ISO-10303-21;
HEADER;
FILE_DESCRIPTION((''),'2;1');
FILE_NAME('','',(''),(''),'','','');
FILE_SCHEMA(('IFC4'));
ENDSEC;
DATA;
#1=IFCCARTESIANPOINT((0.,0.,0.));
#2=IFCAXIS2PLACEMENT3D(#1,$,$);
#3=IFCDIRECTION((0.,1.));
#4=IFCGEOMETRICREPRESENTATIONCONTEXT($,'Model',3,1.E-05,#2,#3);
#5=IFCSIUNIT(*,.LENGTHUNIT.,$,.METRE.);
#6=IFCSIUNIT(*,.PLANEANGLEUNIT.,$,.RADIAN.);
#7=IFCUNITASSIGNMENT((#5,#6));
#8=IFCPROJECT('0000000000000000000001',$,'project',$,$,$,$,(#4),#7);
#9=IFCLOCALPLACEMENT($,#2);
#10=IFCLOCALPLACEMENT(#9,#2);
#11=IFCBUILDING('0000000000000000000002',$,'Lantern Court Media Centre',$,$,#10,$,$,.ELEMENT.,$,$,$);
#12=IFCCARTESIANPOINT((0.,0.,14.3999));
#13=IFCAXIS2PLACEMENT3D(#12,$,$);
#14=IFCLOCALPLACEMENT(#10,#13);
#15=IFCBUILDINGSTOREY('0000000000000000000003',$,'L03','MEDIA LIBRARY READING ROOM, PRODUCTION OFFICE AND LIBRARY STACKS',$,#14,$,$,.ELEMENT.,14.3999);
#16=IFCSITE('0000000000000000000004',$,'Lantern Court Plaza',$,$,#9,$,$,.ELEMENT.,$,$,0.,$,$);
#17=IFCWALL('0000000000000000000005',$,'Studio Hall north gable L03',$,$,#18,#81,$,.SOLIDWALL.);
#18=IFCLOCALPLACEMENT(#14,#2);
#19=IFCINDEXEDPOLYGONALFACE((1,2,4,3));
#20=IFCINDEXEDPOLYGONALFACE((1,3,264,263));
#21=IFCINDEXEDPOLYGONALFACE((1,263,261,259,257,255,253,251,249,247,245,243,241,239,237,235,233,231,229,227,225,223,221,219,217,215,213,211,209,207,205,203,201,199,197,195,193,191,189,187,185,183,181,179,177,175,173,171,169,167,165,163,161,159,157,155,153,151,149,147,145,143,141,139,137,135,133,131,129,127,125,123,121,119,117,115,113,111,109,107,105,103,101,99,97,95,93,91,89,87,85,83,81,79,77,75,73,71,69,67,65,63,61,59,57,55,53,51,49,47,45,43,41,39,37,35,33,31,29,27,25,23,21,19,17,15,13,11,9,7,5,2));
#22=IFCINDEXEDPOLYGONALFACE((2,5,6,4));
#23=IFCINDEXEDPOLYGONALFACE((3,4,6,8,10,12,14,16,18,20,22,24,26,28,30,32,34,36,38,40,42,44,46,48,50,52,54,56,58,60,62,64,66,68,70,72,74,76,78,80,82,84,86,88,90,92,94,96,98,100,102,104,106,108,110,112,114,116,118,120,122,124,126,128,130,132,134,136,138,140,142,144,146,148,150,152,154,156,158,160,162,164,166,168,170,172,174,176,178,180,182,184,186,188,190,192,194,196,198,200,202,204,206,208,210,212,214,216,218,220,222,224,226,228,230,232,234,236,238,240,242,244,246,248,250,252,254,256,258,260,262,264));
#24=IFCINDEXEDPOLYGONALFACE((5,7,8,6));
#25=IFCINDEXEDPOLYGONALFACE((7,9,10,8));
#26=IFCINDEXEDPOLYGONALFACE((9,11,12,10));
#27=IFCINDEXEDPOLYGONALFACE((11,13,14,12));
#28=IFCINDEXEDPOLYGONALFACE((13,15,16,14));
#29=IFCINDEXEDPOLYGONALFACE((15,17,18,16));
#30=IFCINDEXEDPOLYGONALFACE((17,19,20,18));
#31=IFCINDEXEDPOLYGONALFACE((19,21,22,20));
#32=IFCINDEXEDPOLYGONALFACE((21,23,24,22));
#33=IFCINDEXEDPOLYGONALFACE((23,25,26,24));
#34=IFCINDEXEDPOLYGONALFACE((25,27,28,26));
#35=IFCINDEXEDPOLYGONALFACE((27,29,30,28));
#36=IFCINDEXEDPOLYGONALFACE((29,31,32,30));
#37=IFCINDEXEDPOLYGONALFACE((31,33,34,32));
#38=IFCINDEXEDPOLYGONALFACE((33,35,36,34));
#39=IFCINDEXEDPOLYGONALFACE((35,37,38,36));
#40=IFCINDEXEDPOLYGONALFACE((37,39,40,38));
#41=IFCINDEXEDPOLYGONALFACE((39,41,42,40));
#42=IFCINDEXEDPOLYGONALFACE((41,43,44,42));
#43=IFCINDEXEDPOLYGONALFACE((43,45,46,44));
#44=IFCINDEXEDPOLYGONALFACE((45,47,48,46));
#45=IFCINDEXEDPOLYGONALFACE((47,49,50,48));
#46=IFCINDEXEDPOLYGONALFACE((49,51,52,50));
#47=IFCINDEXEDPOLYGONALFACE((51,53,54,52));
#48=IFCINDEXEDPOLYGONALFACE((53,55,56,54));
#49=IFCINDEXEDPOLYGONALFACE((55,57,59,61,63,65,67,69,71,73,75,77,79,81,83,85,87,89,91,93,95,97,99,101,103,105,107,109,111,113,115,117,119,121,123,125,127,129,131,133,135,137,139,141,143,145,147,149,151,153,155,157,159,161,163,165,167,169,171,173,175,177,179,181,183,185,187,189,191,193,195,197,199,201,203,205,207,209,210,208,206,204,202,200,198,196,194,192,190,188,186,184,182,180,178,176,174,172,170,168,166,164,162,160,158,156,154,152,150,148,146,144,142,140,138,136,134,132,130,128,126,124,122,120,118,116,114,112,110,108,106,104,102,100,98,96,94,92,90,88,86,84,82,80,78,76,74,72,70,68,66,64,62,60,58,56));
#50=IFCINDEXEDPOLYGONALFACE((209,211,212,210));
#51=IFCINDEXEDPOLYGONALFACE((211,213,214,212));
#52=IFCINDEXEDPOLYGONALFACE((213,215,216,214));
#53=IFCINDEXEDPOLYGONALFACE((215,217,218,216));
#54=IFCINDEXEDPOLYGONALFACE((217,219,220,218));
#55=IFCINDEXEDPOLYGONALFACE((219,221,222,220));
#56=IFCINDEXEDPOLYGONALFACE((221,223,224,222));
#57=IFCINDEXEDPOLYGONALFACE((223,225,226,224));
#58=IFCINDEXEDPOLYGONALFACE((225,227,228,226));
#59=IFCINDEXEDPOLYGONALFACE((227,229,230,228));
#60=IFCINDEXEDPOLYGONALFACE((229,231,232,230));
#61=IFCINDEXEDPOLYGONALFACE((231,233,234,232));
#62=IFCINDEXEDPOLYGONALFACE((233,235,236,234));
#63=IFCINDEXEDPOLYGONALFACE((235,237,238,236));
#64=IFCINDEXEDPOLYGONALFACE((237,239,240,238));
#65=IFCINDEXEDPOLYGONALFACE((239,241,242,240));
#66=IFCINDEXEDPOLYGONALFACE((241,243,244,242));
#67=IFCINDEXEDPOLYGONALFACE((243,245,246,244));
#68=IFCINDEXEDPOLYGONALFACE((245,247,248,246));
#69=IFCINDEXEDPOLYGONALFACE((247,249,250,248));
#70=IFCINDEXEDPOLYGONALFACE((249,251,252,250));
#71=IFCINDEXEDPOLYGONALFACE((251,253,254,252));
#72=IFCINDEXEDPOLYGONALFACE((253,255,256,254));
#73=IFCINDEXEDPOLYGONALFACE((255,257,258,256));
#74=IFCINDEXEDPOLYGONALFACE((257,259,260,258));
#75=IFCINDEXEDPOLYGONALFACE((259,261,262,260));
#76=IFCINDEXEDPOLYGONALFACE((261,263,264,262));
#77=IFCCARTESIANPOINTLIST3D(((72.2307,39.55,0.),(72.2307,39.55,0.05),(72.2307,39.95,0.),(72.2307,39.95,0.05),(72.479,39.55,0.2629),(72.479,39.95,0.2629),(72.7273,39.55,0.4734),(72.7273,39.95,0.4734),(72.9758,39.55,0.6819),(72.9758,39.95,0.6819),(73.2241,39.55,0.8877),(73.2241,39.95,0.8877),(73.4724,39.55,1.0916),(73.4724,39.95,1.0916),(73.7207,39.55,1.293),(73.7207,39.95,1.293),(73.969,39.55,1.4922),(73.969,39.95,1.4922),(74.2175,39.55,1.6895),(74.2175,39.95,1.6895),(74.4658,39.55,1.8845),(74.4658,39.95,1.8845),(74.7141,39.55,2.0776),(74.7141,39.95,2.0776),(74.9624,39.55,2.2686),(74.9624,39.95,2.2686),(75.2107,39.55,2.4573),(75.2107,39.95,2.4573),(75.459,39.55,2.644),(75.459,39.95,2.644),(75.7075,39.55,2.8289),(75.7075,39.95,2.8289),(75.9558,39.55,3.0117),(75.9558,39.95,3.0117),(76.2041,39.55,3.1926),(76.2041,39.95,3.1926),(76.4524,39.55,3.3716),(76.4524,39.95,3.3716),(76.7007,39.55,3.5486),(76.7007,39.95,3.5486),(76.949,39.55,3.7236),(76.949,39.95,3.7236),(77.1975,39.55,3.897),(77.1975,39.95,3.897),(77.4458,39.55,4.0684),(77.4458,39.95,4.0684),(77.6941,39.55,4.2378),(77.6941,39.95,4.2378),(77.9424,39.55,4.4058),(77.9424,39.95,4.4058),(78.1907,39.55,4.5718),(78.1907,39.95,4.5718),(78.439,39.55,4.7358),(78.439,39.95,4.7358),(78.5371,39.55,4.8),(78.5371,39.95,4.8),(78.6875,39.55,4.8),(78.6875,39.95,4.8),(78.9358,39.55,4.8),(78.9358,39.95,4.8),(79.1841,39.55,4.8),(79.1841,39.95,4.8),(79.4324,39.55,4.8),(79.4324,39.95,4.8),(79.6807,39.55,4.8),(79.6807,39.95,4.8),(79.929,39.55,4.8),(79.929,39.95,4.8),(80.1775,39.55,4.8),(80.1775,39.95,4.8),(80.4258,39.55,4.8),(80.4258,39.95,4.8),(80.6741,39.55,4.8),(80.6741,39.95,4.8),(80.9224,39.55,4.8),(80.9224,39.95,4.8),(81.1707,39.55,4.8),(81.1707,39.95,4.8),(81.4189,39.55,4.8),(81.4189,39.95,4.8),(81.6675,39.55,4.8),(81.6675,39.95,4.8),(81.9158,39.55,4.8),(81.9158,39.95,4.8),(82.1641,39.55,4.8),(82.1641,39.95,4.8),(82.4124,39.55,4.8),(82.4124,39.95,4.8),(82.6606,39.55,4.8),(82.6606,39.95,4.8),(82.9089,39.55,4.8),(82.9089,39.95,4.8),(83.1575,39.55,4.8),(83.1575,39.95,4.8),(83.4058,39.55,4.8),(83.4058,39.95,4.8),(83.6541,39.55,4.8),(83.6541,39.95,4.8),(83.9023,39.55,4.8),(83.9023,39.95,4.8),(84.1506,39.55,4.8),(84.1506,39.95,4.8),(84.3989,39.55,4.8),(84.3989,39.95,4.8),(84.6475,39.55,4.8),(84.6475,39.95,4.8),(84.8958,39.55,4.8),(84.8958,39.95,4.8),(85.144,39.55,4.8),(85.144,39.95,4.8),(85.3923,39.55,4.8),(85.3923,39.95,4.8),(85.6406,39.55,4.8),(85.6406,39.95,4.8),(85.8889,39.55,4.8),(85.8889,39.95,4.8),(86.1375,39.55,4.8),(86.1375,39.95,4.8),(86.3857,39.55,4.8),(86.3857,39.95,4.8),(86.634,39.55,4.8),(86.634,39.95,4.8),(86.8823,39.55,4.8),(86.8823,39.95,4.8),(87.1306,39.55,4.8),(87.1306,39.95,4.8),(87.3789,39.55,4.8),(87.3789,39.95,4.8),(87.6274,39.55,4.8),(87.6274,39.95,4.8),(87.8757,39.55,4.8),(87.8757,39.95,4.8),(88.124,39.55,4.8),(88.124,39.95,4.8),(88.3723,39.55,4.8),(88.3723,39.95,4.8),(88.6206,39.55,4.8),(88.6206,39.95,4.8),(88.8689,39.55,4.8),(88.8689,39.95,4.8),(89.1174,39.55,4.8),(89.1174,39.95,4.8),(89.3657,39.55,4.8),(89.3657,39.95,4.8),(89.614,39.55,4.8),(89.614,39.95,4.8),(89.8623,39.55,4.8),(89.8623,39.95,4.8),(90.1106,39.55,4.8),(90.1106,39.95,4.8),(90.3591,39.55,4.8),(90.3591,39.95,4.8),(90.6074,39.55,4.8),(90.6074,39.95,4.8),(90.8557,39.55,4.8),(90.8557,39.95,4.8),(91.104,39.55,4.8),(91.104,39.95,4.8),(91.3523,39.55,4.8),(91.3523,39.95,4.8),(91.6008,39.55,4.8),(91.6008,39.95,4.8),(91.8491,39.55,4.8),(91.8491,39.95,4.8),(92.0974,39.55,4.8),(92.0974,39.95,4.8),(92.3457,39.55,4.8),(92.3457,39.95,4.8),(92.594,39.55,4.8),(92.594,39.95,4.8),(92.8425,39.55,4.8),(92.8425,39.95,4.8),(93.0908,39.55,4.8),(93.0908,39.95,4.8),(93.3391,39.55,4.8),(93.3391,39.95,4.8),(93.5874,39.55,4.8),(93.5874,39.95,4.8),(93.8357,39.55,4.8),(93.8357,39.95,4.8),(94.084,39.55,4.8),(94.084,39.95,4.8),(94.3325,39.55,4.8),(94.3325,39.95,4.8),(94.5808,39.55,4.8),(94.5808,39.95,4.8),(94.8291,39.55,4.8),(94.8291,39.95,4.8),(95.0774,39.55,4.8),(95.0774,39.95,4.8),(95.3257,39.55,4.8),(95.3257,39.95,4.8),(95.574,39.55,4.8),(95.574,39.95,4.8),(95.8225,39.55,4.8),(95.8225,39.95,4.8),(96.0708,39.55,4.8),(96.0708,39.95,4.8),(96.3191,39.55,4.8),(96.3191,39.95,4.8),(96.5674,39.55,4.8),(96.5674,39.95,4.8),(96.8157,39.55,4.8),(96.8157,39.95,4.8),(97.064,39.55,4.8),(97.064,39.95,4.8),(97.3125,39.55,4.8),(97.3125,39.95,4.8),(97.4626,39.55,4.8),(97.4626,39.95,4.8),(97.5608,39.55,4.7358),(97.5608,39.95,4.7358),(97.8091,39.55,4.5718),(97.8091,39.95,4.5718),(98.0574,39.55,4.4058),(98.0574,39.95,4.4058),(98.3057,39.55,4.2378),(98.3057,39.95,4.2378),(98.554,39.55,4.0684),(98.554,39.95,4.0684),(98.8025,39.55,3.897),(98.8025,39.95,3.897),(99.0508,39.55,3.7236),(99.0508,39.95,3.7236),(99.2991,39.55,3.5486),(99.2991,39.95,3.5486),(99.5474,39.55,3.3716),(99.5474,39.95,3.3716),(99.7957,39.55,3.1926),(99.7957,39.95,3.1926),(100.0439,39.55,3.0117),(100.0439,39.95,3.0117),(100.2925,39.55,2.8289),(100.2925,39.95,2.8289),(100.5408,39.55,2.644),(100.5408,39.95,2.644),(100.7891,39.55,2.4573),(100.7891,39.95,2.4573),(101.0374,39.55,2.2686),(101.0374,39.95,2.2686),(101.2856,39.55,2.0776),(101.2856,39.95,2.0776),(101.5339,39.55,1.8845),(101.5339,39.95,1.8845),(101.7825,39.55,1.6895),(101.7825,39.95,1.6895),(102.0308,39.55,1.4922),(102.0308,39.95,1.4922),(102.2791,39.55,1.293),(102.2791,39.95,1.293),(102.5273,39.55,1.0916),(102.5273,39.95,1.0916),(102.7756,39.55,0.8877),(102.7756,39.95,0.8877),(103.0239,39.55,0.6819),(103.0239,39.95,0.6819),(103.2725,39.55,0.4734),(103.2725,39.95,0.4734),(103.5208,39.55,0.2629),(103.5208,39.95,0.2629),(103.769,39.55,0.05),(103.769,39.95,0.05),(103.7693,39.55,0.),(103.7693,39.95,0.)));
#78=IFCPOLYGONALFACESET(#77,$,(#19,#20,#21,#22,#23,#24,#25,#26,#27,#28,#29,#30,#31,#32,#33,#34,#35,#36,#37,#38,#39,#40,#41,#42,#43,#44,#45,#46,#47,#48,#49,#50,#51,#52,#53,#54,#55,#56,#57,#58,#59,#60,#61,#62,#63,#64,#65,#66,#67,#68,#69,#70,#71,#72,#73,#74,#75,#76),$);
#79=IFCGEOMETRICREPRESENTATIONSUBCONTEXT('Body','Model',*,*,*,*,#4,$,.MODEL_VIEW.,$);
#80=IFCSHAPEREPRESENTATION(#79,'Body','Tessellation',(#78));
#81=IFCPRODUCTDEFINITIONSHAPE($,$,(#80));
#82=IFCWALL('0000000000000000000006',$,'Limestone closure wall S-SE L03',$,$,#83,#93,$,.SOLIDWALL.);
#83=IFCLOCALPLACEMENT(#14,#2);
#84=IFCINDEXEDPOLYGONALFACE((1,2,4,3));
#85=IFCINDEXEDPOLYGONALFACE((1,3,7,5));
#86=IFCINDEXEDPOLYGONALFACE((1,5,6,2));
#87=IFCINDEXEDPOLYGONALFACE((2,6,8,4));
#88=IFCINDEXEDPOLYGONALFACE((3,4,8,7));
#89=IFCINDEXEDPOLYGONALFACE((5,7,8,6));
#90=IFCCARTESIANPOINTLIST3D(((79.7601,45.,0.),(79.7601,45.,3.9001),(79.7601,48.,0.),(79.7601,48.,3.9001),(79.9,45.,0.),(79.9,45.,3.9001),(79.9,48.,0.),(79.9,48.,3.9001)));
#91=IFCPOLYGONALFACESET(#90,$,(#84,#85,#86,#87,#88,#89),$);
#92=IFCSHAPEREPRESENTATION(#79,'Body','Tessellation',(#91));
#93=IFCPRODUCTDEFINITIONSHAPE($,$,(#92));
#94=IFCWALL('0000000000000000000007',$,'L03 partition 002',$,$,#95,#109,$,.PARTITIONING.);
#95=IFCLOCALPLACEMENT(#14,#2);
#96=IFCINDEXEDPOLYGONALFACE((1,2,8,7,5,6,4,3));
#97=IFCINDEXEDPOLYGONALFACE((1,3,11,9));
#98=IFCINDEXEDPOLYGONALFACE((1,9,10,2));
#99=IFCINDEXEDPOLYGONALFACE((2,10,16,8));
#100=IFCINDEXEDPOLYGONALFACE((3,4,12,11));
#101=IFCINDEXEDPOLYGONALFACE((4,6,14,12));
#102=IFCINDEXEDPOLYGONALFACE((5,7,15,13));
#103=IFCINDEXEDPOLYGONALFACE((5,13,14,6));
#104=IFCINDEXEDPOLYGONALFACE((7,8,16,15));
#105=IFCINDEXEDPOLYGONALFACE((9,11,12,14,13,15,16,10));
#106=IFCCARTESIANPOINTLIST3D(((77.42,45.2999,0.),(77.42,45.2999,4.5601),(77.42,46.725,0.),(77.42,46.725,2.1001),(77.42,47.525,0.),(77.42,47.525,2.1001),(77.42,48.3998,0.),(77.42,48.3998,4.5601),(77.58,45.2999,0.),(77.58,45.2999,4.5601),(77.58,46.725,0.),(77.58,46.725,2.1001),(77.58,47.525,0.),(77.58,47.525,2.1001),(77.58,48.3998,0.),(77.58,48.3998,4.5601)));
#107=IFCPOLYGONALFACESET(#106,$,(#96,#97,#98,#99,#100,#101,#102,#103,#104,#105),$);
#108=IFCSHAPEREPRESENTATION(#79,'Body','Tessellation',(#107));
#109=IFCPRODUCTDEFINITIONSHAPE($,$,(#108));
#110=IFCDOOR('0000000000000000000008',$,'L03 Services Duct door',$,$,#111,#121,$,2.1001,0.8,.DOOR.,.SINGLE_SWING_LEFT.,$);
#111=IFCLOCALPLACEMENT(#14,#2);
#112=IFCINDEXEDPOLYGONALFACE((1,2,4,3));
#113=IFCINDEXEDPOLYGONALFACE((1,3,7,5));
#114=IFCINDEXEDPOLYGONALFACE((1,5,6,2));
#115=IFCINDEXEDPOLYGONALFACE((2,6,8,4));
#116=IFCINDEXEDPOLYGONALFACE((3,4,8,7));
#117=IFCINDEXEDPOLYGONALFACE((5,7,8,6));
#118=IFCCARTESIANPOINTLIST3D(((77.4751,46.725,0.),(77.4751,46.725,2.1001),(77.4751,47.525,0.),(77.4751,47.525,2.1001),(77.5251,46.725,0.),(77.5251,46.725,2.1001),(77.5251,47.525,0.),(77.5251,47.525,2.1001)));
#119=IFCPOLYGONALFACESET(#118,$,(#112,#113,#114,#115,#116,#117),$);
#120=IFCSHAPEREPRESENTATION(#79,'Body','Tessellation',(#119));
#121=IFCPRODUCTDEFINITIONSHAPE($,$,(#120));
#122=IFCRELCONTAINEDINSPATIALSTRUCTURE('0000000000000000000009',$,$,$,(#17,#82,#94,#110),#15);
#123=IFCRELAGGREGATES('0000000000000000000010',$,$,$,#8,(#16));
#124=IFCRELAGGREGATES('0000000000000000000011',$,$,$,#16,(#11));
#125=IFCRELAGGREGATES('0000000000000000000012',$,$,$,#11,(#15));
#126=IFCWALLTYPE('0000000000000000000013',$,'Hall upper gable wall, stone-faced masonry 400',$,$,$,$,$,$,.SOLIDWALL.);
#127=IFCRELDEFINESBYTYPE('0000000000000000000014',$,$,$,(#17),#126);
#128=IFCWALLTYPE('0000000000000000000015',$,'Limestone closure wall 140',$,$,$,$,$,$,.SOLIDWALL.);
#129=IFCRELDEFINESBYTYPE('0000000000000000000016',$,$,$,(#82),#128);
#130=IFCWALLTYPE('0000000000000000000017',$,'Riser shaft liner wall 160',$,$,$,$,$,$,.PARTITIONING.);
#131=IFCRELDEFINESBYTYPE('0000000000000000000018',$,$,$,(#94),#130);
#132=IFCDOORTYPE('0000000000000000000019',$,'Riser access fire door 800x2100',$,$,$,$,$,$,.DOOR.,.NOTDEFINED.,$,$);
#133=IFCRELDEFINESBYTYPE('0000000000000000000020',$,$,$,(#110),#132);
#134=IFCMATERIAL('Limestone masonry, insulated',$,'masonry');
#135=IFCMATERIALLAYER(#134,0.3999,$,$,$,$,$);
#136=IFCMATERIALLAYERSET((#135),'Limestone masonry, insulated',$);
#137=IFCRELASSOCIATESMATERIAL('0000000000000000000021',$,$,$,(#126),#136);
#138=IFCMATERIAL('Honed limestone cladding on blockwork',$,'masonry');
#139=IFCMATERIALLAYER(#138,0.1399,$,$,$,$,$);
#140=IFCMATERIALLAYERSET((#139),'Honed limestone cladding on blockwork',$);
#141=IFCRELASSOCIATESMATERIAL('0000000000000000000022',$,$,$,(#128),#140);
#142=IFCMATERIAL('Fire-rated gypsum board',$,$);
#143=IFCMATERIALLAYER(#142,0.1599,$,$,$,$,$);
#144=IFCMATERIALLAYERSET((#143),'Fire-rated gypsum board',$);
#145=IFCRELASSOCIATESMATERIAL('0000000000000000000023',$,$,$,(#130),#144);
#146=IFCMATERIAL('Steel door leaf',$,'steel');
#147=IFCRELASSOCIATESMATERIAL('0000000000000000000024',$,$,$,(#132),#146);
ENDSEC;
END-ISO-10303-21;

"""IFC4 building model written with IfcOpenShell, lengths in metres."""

from ifc_helpers import new_model, si_unit, direction, frame, frame_2d, origin, place, context, subcontext, project, spatial, polyline, rectangle, outline, extrude, material, layer, layer_set, type_object, element, fill, save


model = new_model("IFC4")

# Units and contexts
model_context = context("Model", 3, precision=1e-05, world=origin(), true_north=direction((0.0, 1.0)))
body_context = subcontext(model_context, "Body", "Model", "MODEL_VIEW")
ifc_project = project(units=[si_unit("LENGTHUNIT", "METRE"), si_unit("PLANEANGLEUNIT", "RADIAN")], contexts=[model_context])

# Site, building, storey
site_placement = place(None, origin())
site = spatial("IfcSite", under=ifc_project, at=site_placement, Name="Lantern Court Plaza", CompositionType="ELEMENT", RefElevation=0.0)
building_placement = place(site_placement, origin())
building = spatial("IfcBuilding", under=site, at=building_placement, Name="Lantern Court Media Centre", CompositionType="ELEMENT")
storey_placement = place(building_placement, frame((0.0, 0.0, 14.3999)))
storey = spatial("IfcBuildingStorey", under=building, at=storey_placement, Name="L03", Description="MEDIA LIBRARY READING ROOM, PRODUCTION OFFICE AND LIBRARY STACKS", CompositionType="ELEMENT", Elevation=14.3999)

# Walls
ifc_material_1 = material(Name="Limestone masonry, insulated", Category="masonry")
ifc_layer_1 = layer(ifc_material_1, 0.3999)
ifc_layer_set_1 = layer_set([ifc_layer_1], Name="Limestone masonry, insulated")
wall_type_1 = type_object("IfcWallType", Name="Hall upper gable wall, stone-faced masonry 400", PredefinedType="SOLIDWALL", material=ifc_layer_set_1)
wall_1_placement = place(storey_placement, frame((72.2307, 39.75, 0.0), z_axis=(0.0, 0.0, 1.0), x_axis=(1.0, 0.0, 0.0)))
element("IfcWall", 1, at=wall_1_placement, inside=storey, type_object=wall_type_1, Name="Studio Hall north gable L03", PredefinedType="SOLIDWALL", context=body_context, shape_type="SweptSolid", body=[
    extrude(outline(polyline([(0.0, 0.0), (31.5386, 0.0), (31.5383, 0.05), (31.29, 0.2629), (31.0417, 0.4734), (30.7932, 0.6819), (30.5449, 0.8877), (30.2966, 1.0916), (30.0483, 1.293), (29.8, 1.4922), (29.5518, 1.6895), (29.3032, 1.8845), (29.0549, 2.0776), (28.8066, 2.2686), (28.5583, 2.4573), (28.3101, 2.644), (28.0618, 2.8289), (27.8132, 3.0117), (27.5649, 3.1926), (27.3167, 3.3716), (27.0684, 3.5486), (26.8201, 3.7236), (26.5718, 3.897), (26.3232, 4.0684), (26.075, 4.2378), (25.8267, 4.4058), (25.5784, 4.5718), (25.3301, 4.7358), (25.2319, 4.8), (25.0818, 4.8), (24.8333, 4.8), (24.585, 4.8), (24.3367, 4.8), (24.0884, 4.8), (23.8401, 4.8), (23.5918, 4.8), (23.3433, 4.8), (23.095, 4.8), (22.8467, 4.8), (22.5984, 4.8), (22.3501, 4.8), (22.1018, 4.8), (21.8533, 4.8), (21.605, 4.8), (21.3567, 4.8), (21.1084, 4.8), (20.8601, 4.8), (20.6118, 4.8), (20.3633, 4.8), (20.115, 4.8), (19.8667, 4.8), (19.6184, 4.8), (19.3701, 4.8), (19.1216, 4.8), (18.8733, 4.8), (18.625, 4.8), (18.3767, 4.8), (18.1284, 4.8), (17.8799, 4.8), (17.6316, 4.8), (17.3833, 4.8), (17.135, 4.8), (16.8867, 4.8), (16.6382, 4.8), (16.3899, 4.8), (16.1416, 4.8), (15.8933, 4.8), (15.645, 4.8), (15.3967, 4.8), (15.1482, 4.8), (14.8999, 4.8), (14.6516, 4.8), (14.4033, 4.8), (14.155, 4.8), (13.9067, 4.8), (13.6582, 4.8), (13.4099, 4.8), (13.1616, 4.8), (12.9133, 4.8), (12.665, 4.8), (12.4167, 4.8), (12.1682, 4.8), (11.9199, 4.8), (11.6716, 4.8), (11.4233, 4.8), (11.175, 4.8), (10.9268, 4.8), (10.6782, 4.8), (10.4299, 4.8), (10.1816, 4.8), (9.9333, 4.8), (9.6851, 4.8), (9.4368, 4.8), (9.1882, 4.8), (8.9399, 4.8), (8.6917, 4.8), (8.4434, 4.8), (8.1951, 4.8), (7.9468, 4.8), (7.6982, 4.8), (7.45, 4.8), (7.2017, 4.8), (6.9534, 4.8), (6.7051, 4.8), (6.4568, 4.8), (6.3064, 4.8), (6.2083, 4.7358), (5.96, 4.5718), (5.7117, 4.4058), (5.4634, 4.2378), (5.2151, 4.0684), (4.9668, 3.897), (4.7183, 3.7236), (4.47, 3.5486), (4.2217, 3.3716), (3.9734, 3.1926), (3.7251, 3.0117), (3.4768, 2.8289), (3.2283, 2.644), (2.98, 2.4573), (2.7317, 2.2686), (2.4834, 2.0776), (2.2351, 1.8845), (1.9868, 1.6895), (1.7383, 1.4922), (1.49, 1.293), (1.2417, 1.0916), (0.9934, 0.8877), (0.7451, 0.6819), (0.4966, 0.4734), (0.2483, 0.2629), (0.0, 0.05), (0.0, 0.0)])), frame((0.0, 0.2, 0.0), z_axis=(0.0, -1.0, 0.0), x_axis=(1.0, 0.0, 0.0)), (0.0, 0.0, 1.0), 0.3999),
])
ifc_material_2 = material(Name="Honed limestone cladding on blockwork", Category="masonry")
ifc_layer_2 = layer(ifc_material_2, 0.1399)
ifc_layer_set_2 = layer_set([ifc_layer_2], Name="Honed limestone cladding on blockwork")
wall_type_2 = type_object("IfcWallType", Name="Limestone closure wall 140", PredefinedType="SOLIDWALL", material=ifc_layer_set_2)
wall_2_placement = place(storey_placement, frame((79.8301, 45.0, 0.0), z_axis=(0.0, 0.0, 1.0), x_axis=(0.0, 1.0, 0.0)))
element("IfcWall", 2, at=wall_2_placement, inside=storey, type_object=wall_type_2, Name="Limestone closure wall S-SE L03", PredefinedType="SOLIDWALL", context=body_context, shape_type="SweptSolid", body=[
    extrude(rectangle(XDim=3.0, YDim=0.1399, at=frame_2d((1.5, 0.0))), origin(), (0.0, 0.0, 1.0), 3.9001),
])

# Wall, opening, door
ifc_material_3 = material(Name="Fire-rated gypsum board")
ifc_layer_3 = layer(ifc_material_3, 0.1599)
ifc_layer_set_3 = layer_set([ifc_layer_3], Name="Fire-rated gypsum board")
wall_type_3 = type_object("IfcWallType", Name="Riser shaft liner wall 160", PredefinedType="PARTITIONING", material=ifc_layer_set_3)
wall_3_placement = place(storey_placement, frame((77.5, 45.3, 0.0), z_axis=(0.0, 0.0, 1.0), x_axis=(0.0, 1.0, 0.0)))
wall_3 = element("IfcWall", 3, at=wall_3_placement, inside=storey, type_object=wall_type_3, Name="L03 partition 002", PredefinedType="PARTITIONING", context=body_context, shape_type="SweptSolid", body=[
    extrude(rectangle(XDim=3.0999, YDim=0.1599, at=frame_2d((1.5498, 0.0))), origin(), (0.0, 0.0, 1.0), 4.5601),
])
opening_placement = place(wall_3_placement, frame((1.425, 0.0, 0.0)))
opening = element("IfcOpeningElement", 4, at=opening_placement, cuts=wall_3, PredefinedType="OPENING", context=body_context, shape_type="SweptSolid", body=[
    extrude(rectangle(XDim=0.8, YDim=2.1001, at=frame_2d((0.3999, 1.05))), frame((0.0, 0.0898, 0.0), z_axis=(0.0, -1.0, 0.0), x_axis=(1.0, 0.0, 0.0)), (0.0, 0.0, 1.0), 0.1799),
])
ifc_material_4 = material(Name="Steel door leaf", Category="steel")
door_type = type_object("IfcDoorType", Name="Riser access fire door 800x2100", OperationType="NOTDEFINED", PredefinedType="DOOR", material=ifc_material_4)
door_placement = place(opening_placement, origin())
door = element("IfcDoor", 5, at=door_placement, inside=storey, type_object=door_type, Name="L03 Services Duct door", OperationType="SINGLE_SWING_LEFT", OverallHeight=2.1001, OverallWidth=0.8, PredefinedType="DOOR", context=body_context, shape_type="SweptSolid", body=[
    extrude(rectangle(XDim=0.8, YDim=2.1001, at=frame_2d((0.3999, 1.05))), frame((0.0, 0.0249, 0.0), z_axis=(0.0, -1.0, 0.0), x_axis=(1.0, 0.0, 0.0)), (0.0, 0.0, 1.0), 0.05),
])
fill(opening, door)

save(model, "model.ifc")
